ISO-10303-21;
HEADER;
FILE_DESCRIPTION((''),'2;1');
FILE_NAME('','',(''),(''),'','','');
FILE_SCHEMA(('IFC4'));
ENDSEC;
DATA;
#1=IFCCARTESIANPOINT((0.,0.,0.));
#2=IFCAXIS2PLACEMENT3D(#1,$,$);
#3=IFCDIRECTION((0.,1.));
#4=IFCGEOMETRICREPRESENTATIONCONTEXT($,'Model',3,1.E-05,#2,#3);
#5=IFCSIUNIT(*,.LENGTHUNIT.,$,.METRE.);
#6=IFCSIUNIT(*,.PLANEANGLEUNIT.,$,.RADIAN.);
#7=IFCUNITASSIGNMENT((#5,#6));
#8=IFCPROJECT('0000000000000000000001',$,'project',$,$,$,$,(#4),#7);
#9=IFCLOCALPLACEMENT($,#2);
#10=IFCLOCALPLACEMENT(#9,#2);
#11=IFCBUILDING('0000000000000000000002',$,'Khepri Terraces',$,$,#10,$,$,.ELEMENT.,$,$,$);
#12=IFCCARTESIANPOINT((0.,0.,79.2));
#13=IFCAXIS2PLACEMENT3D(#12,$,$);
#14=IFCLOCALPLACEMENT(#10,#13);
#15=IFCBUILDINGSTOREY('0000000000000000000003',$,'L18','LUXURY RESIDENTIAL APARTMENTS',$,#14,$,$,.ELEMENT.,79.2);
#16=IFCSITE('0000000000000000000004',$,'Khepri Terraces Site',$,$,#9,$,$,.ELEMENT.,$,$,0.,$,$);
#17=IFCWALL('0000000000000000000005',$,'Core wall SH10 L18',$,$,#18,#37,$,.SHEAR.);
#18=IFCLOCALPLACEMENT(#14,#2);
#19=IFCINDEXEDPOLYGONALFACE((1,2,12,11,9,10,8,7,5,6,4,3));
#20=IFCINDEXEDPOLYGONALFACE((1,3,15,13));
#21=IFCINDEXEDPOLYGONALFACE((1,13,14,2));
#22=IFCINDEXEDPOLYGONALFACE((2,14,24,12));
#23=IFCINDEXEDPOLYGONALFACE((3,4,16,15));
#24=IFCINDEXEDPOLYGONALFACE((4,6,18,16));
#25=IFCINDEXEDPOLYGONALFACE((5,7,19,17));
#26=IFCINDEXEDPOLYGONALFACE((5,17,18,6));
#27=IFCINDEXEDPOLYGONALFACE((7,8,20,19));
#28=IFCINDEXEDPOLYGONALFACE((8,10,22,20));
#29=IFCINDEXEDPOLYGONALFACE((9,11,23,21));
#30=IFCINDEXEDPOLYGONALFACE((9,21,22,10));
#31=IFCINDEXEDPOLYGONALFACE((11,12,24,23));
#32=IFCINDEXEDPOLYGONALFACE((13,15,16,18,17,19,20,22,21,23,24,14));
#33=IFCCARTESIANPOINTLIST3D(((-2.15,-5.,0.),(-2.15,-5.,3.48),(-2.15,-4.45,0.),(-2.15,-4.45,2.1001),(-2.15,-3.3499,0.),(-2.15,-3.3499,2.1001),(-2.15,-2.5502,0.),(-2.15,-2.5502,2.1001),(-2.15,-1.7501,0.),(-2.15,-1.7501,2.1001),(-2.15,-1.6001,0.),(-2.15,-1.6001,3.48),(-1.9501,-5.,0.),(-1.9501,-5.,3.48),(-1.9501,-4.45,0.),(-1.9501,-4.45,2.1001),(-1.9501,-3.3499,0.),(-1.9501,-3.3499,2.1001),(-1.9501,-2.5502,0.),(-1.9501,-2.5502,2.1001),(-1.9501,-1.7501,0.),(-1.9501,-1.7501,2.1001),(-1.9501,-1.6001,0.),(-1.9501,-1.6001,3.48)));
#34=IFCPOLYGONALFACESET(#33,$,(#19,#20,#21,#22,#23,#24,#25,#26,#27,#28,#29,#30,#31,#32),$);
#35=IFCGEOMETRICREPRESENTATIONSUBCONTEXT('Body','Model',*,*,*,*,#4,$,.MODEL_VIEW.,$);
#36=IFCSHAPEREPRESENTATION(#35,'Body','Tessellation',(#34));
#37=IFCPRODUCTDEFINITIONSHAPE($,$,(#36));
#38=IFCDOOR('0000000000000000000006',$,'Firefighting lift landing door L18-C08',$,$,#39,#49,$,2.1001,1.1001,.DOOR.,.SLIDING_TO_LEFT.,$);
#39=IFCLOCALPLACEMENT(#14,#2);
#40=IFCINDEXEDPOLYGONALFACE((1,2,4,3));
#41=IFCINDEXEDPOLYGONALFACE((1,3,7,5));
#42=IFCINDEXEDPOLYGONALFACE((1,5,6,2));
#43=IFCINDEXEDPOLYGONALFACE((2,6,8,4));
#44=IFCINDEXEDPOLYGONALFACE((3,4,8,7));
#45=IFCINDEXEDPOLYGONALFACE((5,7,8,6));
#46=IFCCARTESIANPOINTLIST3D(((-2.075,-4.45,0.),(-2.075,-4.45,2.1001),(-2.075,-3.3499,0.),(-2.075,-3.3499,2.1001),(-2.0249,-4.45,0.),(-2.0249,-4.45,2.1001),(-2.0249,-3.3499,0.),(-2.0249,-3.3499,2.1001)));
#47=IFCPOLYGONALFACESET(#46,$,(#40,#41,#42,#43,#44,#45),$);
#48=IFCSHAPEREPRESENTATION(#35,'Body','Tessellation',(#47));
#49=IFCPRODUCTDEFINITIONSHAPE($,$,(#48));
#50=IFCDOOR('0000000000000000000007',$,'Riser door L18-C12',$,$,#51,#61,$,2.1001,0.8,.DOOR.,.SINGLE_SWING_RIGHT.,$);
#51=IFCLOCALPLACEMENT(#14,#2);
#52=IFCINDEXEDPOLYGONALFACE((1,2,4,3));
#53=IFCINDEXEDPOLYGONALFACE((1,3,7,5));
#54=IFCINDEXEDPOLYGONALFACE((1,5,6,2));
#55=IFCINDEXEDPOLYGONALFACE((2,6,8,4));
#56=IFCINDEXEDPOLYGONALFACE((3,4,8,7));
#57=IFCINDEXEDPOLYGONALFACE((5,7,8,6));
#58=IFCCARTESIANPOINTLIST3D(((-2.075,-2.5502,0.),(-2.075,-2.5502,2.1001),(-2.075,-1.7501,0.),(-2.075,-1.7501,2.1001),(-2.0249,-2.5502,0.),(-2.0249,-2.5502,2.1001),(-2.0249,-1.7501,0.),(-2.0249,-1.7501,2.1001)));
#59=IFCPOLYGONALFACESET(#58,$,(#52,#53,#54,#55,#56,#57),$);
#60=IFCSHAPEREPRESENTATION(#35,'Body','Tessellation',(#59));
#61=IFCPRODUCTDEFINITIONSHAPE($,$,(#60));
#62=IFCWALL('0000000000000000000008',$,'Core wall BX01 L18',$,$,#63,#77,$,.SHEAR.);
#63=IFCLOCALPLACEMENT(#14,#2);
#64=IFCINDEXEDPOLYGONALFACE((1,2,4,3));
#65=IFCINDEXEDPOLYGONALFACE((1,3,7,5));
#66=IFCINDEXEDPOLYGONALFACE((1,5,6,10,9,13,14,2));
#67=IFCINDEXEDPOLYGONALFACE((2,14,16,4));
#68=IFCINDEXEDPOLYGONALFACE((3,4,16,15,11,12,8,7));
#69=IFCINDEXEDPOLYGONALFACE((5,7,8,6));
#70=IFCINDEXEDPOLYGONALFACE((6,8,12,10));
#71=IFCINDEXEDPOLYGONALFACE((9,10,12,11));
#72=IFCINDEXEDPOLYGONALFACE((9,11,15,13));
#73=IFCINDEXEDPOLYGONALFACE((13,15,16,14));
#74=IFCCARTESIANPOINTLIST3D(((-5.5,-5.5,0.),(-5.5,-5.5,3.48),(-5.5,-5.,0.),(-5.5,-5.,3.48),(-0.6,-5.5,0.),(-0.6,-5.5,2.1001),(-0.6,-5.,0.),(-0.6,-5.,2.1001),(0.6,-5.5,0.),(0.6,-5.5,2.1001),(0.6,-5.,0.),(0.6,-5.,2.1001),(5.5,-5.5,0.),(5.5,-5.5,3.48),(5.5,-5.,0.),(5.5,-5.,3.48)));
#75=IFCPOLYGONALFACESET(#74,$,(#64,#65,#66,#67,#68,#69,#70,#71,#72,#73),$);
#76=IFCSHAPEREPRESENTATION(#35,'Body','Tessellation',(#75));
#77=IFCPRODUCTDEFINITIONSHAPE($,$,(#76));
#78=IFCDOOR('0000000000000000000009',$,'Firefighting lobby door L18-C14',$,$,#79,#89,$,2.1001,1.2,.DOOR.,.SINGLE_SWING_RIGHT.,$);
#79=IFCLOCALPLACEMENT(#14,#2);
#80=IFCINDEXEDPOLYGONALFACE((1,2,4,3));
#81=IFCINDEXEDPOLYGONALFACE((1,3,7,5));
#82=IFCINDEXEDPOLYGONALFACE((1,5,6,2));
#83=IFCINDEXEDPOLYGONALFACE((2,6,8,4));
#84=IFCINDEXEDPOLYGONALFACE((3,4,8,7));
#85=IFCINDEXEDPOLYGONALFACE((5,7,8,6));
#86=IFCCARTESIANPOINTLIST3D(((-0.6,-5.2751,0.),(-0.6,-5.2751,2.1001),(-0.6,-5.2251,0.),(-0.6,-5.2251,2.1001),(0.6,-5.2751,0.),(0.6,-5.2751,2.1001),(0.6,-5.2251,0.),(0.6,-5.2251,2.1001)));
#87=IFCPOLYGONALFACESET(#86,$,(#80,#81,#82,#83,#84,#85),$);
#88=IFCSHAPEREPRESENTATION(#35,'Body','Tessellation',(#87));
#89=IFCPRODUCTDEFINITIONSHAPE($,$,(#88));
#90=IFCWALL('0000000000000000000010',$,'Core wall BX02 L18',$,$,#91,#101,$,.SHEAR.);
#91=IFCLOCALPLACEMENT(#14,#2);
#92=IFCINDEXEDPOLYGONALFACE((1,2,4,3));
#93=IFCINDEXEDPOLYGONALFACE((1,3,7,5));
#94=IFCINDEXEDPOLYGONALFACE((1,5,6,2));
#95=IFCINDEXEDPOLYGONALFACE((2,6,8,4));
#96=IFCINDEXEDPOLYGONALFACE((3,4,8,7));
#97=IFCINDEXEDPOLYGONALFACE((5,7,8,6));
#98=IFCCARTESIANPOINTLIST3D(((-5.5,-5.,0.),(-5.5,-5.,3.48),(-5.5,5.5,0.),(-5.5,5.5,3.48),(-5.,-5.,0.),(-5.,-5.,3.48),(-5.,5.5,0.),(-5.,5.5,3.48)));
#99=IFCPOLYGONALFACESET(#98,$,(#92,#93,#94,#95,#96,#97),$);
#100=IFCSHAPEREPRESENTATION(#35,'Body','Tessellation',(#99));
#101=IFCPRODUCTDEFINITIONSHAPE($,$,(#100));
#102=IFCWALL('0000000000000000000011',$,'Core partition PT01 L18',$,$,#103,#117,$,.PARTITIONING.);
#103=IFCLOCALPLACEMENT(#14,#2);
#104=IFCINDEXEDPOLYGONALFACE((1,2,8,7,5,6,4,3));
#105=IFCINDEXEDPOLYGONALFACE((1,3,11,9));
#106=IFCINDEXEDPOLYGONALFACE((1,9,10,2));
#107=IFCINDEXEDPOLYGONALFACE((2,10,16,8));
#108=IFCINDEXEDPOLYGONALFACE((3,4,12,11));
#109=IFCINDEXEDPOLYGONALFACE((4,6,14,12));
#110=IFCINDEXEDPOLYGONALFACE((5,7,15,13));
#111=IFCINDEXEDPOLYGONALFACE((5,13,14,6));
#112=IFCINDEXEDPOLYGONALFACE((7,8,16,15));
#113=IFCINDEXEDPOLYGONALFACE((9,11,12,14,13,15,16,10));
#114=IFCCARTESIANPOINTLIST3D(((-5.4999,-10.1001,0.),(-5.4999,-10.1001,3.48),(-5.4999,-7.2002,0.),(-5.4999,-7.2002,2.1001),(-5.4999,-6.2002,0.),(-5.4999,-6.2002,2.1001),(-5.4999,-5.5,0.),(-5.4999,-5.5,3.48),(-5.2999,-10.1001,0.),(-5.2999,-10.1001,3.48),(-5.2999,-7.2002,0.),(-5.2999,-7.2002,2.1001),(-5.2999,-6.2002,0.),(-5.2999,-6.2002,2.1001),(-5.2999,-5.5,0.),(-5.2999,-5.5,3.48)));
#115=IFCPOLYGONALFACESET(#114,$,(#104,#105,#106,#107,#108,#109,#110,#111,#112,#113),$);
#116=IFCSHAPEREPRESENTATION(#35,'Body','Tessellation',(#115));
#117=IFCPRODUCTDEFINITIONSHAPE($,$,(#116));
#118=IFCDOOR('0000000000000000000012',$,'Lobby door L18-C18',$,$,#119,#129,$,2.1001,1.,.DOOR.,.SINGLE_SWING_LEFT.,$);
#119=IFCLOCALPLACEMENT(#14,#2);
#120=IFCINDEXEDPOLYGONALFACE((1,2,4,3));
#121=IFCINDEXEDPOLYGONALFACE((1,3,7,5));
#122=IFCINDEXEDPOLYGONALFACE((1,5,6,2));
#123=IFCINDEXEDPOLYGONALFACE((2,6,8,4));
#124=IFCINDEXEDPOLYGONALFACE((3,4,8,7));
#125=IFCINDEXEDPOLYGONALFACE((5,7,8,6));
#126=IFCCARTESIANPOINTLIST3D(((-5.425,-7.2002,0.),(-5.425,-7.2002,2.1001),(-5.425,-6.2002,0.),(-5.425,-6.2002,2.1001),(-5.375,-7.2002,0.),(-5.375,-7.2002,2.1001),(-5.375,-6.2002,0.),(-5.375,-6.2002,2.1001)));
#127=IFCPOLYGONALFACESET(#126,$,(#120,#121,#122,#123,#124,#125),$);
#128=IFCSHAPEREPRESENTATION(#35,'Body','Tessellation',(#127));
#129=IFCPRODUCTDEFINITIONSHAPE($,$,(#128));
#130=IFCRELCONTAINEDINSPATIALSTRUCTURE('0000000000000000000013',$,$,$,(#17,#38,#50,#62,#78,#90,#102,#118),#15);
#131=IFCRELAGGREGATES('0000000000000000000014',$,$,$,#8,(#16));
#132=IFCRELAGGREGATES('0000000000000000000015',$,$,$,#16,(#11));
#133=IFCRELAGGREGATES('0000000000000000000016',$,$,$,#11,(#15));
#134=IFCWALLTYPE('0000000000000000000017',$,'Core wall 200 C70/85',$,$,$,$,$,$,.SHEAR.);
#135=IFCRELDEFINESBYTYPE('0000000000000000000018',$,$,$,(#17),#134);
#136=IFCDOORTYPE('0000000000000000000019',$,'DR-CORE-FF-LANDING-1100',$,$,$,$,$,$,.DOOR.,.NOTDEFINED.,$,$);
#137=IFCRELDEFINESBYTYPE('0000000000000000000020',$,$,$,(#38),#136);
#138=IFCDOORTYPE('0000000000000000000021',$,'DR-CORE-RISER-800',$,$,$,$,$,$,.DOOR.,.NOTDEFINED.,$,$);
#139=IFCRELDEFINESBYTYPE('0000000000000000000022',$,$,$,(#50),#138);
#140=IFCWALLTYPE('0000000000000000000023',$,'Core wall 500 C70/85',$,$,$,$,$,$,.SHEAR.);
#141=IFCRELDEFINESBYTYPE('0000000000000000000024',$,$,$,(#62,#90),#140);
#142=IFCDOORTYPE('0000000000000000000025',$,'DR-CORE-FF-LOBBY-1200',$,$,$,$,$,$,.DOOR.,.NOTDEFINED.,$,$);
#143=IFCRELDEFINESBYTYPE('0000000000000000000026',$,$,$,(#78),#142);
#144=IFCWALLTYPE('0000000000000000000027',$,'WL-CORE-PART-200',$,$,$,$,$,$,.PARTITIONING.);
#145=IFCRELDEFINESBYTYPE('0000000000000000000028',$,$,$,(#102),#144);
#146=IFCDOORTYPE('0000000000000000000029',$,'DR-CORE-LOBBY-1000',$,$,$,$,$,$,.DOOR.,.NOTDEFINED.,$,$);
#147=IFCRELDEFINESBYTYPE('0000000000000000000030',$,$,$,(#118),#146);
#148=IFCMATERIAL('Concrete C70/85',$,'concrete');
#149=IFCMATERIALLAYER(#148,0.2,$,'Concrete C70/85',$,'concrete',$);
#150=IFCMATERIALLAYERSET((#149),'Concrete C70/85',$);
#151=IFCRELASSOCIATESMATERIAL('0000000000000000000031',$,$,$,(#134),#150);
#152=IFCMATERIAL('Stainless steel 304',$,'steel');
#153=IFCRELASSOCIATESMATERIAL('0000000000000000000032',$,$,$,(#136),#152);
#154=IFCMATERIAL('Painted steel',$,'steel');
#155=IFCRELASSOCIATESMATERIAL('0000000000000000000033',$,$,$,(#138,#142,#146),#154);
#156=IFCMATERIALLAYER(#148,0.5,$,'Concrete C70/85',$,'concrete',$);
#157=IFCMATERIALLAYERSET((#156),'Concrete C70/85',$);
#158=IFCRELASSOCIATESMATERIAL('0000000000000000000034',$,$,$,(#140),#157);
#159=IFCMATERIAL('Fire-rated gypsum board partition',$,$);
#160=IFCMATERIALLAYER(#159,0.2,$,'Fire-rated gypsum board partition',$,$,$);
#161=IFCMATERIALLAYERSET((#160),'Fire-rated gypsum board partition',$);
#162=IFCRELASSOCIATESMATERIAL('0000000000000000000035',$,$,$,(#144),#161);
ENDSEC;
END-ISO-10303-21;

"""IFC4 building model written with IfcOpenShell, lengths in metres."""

from ifc_helpers import new_model, si_unit, direction, frame, frame_2d, origin, place, context, subcontext, project, spatial, rectangle, extrude, material, layer, layer_set, type_object, element, fill, save


model = new_model("IFC4")

# Units and contexts
model_context = context("Model", 3, precision=1e-05, world=origin(), true_north=direction((0.0, 1.0)))
body_context = subcontext(model_context, "Body", "Model", "MODEL_VIEW")
ifc_project = project(units=[si_unit("LENGTHUNIT", "METRE"), si_unit("PLANEANGLEUNIT", "RADIAN")], contexts=[model_context])

# Site, building, storey
site_placement = place(None, origin())
site = spatial("IfcSite", under=ifc_project, at=site_placement, Name="Khepri Terraces Site", CompositionType="ELEMENT", RefElevation=0.0)
building_placement = place(site_placement, origin())
building = spatial("IfcBuilding", under=site, at=building_placement, Name="Khepri Terraces", CompositionType="ELEMENT")
storey_placement = place(building_placement, frame((0.0, 0.0, 79.2)))
storey = spatial("IfcBuildingStorey", under=building, at=storey_placement, Name="L18", Description="LUXURY RESIDENTIAL APARTMENTS", CompositionType="ELEMENT", Elevation=79.2)

# Shared definitions
ifc_material_1 = material(Name="Concrete C70/85", Category="concrete")
ifc_layer_1 = layer(ifc_material_1, 0.2, Name="Concrete C70/85", Category="concrete")
ifc_layer_set_1 = layer_set([ifc_layer_1], Name="Concrete C70/85")
wall_type_1 = type_object("IfcWallType", Name="Core wall 200 C70/85", PredefinedType="SHEAR", material=ifc_layer_set_1)

# Shared definitions
ifc_material_2 = material(Name="Stainless steel 304", Category="steel")

# Wall, openings, doors
wall_1_placement = place(storey_placement, frame((-2.05, -5.0, 0.0), z_axis=(0.0, 0.0, 1.0), x_axis=(0.0, 1.0, 0.0)))
wall_1 = element("IfcWall", 1, at=wall_1_placement, inside=storey, type_object=wall_type_1, Name="Core wall SH10 L18", PredefinedType="SHEAR", context=body_context, shape_type="SweptSolid", body=[
    extrude(rectangle(XDim=3.3999, YDim=0.2, at=frame_2d((1.7, 0.0))), origin(), (0.0, 0.0, 1.0), 3.48),
])
opening_1_placement = place(wall_1_placement, frame((0.55, 0.0, 0.0)))
opening_1 = element("IfcOpeningElement", 2, at=opening_1_placement, cuts=wall_1, PredefinedType="OPENING", context=body_context, shape_type="SweptSolid", body=[
    extrude(rectangle(XDim=1.1001, YDim=2.1001, at=frame_2d((0.55, 1.05))), frame((0.0, 0.1099, 0.0), z_axis=(0.0, -1.0, 0.0), x_axis=(1.0, 0.0, 0.0)), (0.0, 0.0, 1.0), 0.22),
])
opening_2_placement = place(wall_1_placement, frame((2.45, 0.0, 0.0)))
opening_2 = element("IfcOpeningElement", 3, at=opening_2_placement, cuts=wall_1, PredefinedType="OPENING", context=body_context, shape_type="SweptSolid", body=[
    extrude(rectangle(XDim=0.8, YDim=2.1001, at=frame_2d((0.3999, 1.05))), frame((0.0, 0.1099, 0.0), z_axis=(0.0, -1.0, 0.0), x_axis=(1.0, 0.0, 0.0)), (0.0, 0.0, 1.0), 0.22),
])
door_type_1 = type_object("IfcDoorType", Name="DR-CORE-FF-LANDING-1100", OperationType="NOTDEFINED", PredefinedType="DOOR", material=ifc_material_2)
door_1_placement = place(opening_1_placement, origin())
door_1 = element("IfcDoor", 4, at=door_1_placement, inside=storey, type_object=door_type_1, Name="Firefighting lift landing door L18-C08", OperationType="SLIDING_TO_LEFT", OverallHeight=2.1001, OverallWidth=1.1001, PredefinedType="DOOR", context=body_context, shape_type="SweptSolid", body=[
    extrude(rectangle(XDim=1.1001, YDim=2.1001, at=frame_2d((0.55, 1.05))), frame((0.0, 0.0249, 0.0), z_axis=(0.0, -1.0, 0.0), x_axis=(1.0, 0.0, 0.0)), (0.0, 0.0, 1.0), 0.05),
])
fill(opening_1, door_1)
ifc_material_3 = material(Name="Painted steel", Category="steel")
door_type_2 = type_object("IfcDoorType", Name="DR-CORE-RISER-800", OperationType="NOTDEFINED", PredefinedType="DOOR", material=ifc_material_3)
door_2_placement = place(opening_2_placement, origin())
door_2 = element("IfcDoor", 5, at=door_2_placement, inside=storey, type_object=door_type_2, Name="Riser door L18-C12", OperationType="SINGLE_SWING_RIGHT", OverallHeight=2.1001, OverallWidth=0.8, PredefinedType="DOOR", context=body_context, shape_type="SweptSolid", body=[
    extrude(rectangle(XDim=0.8, YDim=2.1001, at=frame_2d((0.3999, 1.05))), frame((0.0, 0.0249, 0.0), z_axis=(0.0, -1.0, 0.0), x_axis=(1.0, 0.0, 0.0)), (0.0, 0.0, 1.0), 0.05),
])
fill(opening_2, door_2)

# Wall, opening, door
ifc_layer_2 = layer(ifc_material_1, 0.5, Name="Concrete C70/85", Category="concrete")
ifc_layer_set_2 = layer_set([ifc_layer_2], Name="Concrete C70/85")
wall_type_2 = type_object("IfcWallType", Name="Core wall 500 C70/85", PredefinedType="SHEAR", material=ifc_layer_set_2)
wall_2_placement = place(storey_placement, frame((-5.5, -5.25, 0.0), z_axis=(0.0, 0.0, 1.0), x_axis=(1.0, 0.0, 0.0)))
wall_2 = element("IfcWall", 6, at=wall_2_placement, inside=storey, type_object=wall_type_2, Name="Core wall BX01 L18", PredefinedType="SHEAR", context=body_context, shape_type="SweptSolid", body=[
    extrude(rectangle(XDim=11.0, YDim=0.5, at=frame_2d((5.5, 0.0))), origin(), (0.0, 0.0, 1.0), 3.48),
])
opening_3_placement = place(wall_2_placement, frame((4.8999, 0.0, 0.0)))
opening_3 = element("IfcOpeningElement", 7, at=opening_3_placement, cuts=wall_2, PredefinedType="OPENING", context=body_context, shape_type="SweptSolid", body=[
    extrude(rectangle(XDim=1.2, YDim=2.1001, at=frame_2d((0.6001, 1.05))), frame((0.0, 0.26, 0.0), z_axis=(0.0, -1.0, 0.0), x_axis=(1.0, 0.0, 0.0)), (0.0, 0.0, 1.0), 0.52),
])
door_type_3 = type_object("IfcDoorType", Name="DR-CORE-FF-LOBBY-1200", OperationType="NOTDEFINED", PredefinedType="DOOR", material=ifc_material_3)
door_3_placement = place(opening_3_placement, origin())
door_3 = element("IfcDoor", 8, at=door_3_placement, inside=storey, type_object=door_type_3, Name="Firefighting lobby door L18-C14", OperationType="SINGLE_SWING_RIGHT", OverallHeight=2.1001, OverallWidth=1.2, PredefinedType="DOOR", context=body_context, shape_type="SweptSolid", body=[
    extrude(rectangle(XDim=1.2, YDim=2.1001, at=frame_2d((0.6001, 1.05))), frame((0.0, 0.0249, 0.0), z_axis=(0.0, -1.0, 0.0), x_axis=(1.0, 0.0, 0.0)), (0.0, 0.0, 1.0), 0.05),
])
fill(opening_3, door_3)

# Wall
wall_3_placement = place(storey_placement, frame((-5.25, -5.0, 0.0), z_axis=(0.0, 0.0, 1.0), x_axis=(0.0, 1.0, 0.0)))
element("IfcWall", 9, at=wall_3_placement, inside=storey, type_object=wall_type_2, Name="Core wall BX02 L18", PredefinedType="SHEAR", context=body_context, shape_type="SweptSolid", body=[
    extrude(rectangle(XDim=10.5, YDim=0.5, at=frame_2d((5.25, 0.0))), origin(), (0.0, 0.0, 1.0), 3.48),
])

# Wall, opening, door
ifc_material_4 = material(Name="Fire-rated gypsum board partition")
ifc_layer_3 = layer(ifc_material_4, 0.2, Name="Fire-rated gypsum board partition")
ifc_layer_set_3 = layer_set([ifc_layer_3], Name="Fire-rated gypsum board partition")
wall_type_3 = type_object("IfcWallType", Name="WL-CORE-PART-200", PredefinedType="PARTITIONING", material=ifc_layer_set_3)
wall_4_placement = place(storey_placement, frame((-5.3999, -10.1001, 0.0), z_axis=(0.0, 0.0, 1.0), x_axis=(0.0, 1.0, 0.0)))
wall_4 = element("IfcWall", 10, at=wall_4_placement, inside=storey, type_object=wall_type_3, Name="Core partition PT01 L18", PredefinedType="PARTITIONING", context=body_context, shape_type="SweptSolid", body=[
    extrude(rectangle(XDim=4.6001, YDim=0.2, at=frame_2d((2.3, 0.0))), origin(), (0.0, 0.0, 1.0), 3.48),
])
opening_4_placement = place(wall_4_placement, frame((2.8999, 0.0, 0.0)))
opening_4 = element("IfcOpeningElement", 11, at=opening_4_placement, cuts=wall_4, PredefinedType="OPENING", context=body_context, shape_type="SweptSolid", body=[
    extrude(rectangle(XDim=1.0, YDim=2.1001, at=frame_2d((0.5, 1.05))), frame((0.0, 0.1099, 0.0), z_axis=(0.0, -1.0, 0.0), x_axis=(1.0, 0.0, 0.0)), (0.0, 0.0, 1.0), 0.22),
])
door_type_4 = type_object("IfcDoorType", Name="DR-CORE-LOBBY-1000", OperationType="NOTDEFINED", PredefinedType="DOOR", material=ifc_material_3)
door_4_placement = place(opening_4_placement, frame((1.0, 0.0, 0.0), z_axis=(0.0, 0.0, 1.0), x_axis=(-1.0, 0.0, 0.0)))
door_4 = element("IfcDoor", 12, at=door_4_placement, inside=storey, type_object=door_type_4, Name="Lobby door L18-C18", OperationType="SINGLE_SWING_LEFT", OverallHeight=2.1001, OverallWidth=1.0, PredefinedType="DOOR", context=body_context, shape_type="SweptSolid", body=[
    extrude(rectangle(XDim=1.0, YDim=2.1001, at=frame_2d((0.5, 1.05))), frame((0.0, 0.0249, 0.0), z_axis=(0.0, -1.0, 0.0), x_axis=(1.0, 0.0, 0.0)), (0.0, 0.0, 1.0), 0.05),
])
fill(opening_4, door_4)

save(model, "model.ifc")
